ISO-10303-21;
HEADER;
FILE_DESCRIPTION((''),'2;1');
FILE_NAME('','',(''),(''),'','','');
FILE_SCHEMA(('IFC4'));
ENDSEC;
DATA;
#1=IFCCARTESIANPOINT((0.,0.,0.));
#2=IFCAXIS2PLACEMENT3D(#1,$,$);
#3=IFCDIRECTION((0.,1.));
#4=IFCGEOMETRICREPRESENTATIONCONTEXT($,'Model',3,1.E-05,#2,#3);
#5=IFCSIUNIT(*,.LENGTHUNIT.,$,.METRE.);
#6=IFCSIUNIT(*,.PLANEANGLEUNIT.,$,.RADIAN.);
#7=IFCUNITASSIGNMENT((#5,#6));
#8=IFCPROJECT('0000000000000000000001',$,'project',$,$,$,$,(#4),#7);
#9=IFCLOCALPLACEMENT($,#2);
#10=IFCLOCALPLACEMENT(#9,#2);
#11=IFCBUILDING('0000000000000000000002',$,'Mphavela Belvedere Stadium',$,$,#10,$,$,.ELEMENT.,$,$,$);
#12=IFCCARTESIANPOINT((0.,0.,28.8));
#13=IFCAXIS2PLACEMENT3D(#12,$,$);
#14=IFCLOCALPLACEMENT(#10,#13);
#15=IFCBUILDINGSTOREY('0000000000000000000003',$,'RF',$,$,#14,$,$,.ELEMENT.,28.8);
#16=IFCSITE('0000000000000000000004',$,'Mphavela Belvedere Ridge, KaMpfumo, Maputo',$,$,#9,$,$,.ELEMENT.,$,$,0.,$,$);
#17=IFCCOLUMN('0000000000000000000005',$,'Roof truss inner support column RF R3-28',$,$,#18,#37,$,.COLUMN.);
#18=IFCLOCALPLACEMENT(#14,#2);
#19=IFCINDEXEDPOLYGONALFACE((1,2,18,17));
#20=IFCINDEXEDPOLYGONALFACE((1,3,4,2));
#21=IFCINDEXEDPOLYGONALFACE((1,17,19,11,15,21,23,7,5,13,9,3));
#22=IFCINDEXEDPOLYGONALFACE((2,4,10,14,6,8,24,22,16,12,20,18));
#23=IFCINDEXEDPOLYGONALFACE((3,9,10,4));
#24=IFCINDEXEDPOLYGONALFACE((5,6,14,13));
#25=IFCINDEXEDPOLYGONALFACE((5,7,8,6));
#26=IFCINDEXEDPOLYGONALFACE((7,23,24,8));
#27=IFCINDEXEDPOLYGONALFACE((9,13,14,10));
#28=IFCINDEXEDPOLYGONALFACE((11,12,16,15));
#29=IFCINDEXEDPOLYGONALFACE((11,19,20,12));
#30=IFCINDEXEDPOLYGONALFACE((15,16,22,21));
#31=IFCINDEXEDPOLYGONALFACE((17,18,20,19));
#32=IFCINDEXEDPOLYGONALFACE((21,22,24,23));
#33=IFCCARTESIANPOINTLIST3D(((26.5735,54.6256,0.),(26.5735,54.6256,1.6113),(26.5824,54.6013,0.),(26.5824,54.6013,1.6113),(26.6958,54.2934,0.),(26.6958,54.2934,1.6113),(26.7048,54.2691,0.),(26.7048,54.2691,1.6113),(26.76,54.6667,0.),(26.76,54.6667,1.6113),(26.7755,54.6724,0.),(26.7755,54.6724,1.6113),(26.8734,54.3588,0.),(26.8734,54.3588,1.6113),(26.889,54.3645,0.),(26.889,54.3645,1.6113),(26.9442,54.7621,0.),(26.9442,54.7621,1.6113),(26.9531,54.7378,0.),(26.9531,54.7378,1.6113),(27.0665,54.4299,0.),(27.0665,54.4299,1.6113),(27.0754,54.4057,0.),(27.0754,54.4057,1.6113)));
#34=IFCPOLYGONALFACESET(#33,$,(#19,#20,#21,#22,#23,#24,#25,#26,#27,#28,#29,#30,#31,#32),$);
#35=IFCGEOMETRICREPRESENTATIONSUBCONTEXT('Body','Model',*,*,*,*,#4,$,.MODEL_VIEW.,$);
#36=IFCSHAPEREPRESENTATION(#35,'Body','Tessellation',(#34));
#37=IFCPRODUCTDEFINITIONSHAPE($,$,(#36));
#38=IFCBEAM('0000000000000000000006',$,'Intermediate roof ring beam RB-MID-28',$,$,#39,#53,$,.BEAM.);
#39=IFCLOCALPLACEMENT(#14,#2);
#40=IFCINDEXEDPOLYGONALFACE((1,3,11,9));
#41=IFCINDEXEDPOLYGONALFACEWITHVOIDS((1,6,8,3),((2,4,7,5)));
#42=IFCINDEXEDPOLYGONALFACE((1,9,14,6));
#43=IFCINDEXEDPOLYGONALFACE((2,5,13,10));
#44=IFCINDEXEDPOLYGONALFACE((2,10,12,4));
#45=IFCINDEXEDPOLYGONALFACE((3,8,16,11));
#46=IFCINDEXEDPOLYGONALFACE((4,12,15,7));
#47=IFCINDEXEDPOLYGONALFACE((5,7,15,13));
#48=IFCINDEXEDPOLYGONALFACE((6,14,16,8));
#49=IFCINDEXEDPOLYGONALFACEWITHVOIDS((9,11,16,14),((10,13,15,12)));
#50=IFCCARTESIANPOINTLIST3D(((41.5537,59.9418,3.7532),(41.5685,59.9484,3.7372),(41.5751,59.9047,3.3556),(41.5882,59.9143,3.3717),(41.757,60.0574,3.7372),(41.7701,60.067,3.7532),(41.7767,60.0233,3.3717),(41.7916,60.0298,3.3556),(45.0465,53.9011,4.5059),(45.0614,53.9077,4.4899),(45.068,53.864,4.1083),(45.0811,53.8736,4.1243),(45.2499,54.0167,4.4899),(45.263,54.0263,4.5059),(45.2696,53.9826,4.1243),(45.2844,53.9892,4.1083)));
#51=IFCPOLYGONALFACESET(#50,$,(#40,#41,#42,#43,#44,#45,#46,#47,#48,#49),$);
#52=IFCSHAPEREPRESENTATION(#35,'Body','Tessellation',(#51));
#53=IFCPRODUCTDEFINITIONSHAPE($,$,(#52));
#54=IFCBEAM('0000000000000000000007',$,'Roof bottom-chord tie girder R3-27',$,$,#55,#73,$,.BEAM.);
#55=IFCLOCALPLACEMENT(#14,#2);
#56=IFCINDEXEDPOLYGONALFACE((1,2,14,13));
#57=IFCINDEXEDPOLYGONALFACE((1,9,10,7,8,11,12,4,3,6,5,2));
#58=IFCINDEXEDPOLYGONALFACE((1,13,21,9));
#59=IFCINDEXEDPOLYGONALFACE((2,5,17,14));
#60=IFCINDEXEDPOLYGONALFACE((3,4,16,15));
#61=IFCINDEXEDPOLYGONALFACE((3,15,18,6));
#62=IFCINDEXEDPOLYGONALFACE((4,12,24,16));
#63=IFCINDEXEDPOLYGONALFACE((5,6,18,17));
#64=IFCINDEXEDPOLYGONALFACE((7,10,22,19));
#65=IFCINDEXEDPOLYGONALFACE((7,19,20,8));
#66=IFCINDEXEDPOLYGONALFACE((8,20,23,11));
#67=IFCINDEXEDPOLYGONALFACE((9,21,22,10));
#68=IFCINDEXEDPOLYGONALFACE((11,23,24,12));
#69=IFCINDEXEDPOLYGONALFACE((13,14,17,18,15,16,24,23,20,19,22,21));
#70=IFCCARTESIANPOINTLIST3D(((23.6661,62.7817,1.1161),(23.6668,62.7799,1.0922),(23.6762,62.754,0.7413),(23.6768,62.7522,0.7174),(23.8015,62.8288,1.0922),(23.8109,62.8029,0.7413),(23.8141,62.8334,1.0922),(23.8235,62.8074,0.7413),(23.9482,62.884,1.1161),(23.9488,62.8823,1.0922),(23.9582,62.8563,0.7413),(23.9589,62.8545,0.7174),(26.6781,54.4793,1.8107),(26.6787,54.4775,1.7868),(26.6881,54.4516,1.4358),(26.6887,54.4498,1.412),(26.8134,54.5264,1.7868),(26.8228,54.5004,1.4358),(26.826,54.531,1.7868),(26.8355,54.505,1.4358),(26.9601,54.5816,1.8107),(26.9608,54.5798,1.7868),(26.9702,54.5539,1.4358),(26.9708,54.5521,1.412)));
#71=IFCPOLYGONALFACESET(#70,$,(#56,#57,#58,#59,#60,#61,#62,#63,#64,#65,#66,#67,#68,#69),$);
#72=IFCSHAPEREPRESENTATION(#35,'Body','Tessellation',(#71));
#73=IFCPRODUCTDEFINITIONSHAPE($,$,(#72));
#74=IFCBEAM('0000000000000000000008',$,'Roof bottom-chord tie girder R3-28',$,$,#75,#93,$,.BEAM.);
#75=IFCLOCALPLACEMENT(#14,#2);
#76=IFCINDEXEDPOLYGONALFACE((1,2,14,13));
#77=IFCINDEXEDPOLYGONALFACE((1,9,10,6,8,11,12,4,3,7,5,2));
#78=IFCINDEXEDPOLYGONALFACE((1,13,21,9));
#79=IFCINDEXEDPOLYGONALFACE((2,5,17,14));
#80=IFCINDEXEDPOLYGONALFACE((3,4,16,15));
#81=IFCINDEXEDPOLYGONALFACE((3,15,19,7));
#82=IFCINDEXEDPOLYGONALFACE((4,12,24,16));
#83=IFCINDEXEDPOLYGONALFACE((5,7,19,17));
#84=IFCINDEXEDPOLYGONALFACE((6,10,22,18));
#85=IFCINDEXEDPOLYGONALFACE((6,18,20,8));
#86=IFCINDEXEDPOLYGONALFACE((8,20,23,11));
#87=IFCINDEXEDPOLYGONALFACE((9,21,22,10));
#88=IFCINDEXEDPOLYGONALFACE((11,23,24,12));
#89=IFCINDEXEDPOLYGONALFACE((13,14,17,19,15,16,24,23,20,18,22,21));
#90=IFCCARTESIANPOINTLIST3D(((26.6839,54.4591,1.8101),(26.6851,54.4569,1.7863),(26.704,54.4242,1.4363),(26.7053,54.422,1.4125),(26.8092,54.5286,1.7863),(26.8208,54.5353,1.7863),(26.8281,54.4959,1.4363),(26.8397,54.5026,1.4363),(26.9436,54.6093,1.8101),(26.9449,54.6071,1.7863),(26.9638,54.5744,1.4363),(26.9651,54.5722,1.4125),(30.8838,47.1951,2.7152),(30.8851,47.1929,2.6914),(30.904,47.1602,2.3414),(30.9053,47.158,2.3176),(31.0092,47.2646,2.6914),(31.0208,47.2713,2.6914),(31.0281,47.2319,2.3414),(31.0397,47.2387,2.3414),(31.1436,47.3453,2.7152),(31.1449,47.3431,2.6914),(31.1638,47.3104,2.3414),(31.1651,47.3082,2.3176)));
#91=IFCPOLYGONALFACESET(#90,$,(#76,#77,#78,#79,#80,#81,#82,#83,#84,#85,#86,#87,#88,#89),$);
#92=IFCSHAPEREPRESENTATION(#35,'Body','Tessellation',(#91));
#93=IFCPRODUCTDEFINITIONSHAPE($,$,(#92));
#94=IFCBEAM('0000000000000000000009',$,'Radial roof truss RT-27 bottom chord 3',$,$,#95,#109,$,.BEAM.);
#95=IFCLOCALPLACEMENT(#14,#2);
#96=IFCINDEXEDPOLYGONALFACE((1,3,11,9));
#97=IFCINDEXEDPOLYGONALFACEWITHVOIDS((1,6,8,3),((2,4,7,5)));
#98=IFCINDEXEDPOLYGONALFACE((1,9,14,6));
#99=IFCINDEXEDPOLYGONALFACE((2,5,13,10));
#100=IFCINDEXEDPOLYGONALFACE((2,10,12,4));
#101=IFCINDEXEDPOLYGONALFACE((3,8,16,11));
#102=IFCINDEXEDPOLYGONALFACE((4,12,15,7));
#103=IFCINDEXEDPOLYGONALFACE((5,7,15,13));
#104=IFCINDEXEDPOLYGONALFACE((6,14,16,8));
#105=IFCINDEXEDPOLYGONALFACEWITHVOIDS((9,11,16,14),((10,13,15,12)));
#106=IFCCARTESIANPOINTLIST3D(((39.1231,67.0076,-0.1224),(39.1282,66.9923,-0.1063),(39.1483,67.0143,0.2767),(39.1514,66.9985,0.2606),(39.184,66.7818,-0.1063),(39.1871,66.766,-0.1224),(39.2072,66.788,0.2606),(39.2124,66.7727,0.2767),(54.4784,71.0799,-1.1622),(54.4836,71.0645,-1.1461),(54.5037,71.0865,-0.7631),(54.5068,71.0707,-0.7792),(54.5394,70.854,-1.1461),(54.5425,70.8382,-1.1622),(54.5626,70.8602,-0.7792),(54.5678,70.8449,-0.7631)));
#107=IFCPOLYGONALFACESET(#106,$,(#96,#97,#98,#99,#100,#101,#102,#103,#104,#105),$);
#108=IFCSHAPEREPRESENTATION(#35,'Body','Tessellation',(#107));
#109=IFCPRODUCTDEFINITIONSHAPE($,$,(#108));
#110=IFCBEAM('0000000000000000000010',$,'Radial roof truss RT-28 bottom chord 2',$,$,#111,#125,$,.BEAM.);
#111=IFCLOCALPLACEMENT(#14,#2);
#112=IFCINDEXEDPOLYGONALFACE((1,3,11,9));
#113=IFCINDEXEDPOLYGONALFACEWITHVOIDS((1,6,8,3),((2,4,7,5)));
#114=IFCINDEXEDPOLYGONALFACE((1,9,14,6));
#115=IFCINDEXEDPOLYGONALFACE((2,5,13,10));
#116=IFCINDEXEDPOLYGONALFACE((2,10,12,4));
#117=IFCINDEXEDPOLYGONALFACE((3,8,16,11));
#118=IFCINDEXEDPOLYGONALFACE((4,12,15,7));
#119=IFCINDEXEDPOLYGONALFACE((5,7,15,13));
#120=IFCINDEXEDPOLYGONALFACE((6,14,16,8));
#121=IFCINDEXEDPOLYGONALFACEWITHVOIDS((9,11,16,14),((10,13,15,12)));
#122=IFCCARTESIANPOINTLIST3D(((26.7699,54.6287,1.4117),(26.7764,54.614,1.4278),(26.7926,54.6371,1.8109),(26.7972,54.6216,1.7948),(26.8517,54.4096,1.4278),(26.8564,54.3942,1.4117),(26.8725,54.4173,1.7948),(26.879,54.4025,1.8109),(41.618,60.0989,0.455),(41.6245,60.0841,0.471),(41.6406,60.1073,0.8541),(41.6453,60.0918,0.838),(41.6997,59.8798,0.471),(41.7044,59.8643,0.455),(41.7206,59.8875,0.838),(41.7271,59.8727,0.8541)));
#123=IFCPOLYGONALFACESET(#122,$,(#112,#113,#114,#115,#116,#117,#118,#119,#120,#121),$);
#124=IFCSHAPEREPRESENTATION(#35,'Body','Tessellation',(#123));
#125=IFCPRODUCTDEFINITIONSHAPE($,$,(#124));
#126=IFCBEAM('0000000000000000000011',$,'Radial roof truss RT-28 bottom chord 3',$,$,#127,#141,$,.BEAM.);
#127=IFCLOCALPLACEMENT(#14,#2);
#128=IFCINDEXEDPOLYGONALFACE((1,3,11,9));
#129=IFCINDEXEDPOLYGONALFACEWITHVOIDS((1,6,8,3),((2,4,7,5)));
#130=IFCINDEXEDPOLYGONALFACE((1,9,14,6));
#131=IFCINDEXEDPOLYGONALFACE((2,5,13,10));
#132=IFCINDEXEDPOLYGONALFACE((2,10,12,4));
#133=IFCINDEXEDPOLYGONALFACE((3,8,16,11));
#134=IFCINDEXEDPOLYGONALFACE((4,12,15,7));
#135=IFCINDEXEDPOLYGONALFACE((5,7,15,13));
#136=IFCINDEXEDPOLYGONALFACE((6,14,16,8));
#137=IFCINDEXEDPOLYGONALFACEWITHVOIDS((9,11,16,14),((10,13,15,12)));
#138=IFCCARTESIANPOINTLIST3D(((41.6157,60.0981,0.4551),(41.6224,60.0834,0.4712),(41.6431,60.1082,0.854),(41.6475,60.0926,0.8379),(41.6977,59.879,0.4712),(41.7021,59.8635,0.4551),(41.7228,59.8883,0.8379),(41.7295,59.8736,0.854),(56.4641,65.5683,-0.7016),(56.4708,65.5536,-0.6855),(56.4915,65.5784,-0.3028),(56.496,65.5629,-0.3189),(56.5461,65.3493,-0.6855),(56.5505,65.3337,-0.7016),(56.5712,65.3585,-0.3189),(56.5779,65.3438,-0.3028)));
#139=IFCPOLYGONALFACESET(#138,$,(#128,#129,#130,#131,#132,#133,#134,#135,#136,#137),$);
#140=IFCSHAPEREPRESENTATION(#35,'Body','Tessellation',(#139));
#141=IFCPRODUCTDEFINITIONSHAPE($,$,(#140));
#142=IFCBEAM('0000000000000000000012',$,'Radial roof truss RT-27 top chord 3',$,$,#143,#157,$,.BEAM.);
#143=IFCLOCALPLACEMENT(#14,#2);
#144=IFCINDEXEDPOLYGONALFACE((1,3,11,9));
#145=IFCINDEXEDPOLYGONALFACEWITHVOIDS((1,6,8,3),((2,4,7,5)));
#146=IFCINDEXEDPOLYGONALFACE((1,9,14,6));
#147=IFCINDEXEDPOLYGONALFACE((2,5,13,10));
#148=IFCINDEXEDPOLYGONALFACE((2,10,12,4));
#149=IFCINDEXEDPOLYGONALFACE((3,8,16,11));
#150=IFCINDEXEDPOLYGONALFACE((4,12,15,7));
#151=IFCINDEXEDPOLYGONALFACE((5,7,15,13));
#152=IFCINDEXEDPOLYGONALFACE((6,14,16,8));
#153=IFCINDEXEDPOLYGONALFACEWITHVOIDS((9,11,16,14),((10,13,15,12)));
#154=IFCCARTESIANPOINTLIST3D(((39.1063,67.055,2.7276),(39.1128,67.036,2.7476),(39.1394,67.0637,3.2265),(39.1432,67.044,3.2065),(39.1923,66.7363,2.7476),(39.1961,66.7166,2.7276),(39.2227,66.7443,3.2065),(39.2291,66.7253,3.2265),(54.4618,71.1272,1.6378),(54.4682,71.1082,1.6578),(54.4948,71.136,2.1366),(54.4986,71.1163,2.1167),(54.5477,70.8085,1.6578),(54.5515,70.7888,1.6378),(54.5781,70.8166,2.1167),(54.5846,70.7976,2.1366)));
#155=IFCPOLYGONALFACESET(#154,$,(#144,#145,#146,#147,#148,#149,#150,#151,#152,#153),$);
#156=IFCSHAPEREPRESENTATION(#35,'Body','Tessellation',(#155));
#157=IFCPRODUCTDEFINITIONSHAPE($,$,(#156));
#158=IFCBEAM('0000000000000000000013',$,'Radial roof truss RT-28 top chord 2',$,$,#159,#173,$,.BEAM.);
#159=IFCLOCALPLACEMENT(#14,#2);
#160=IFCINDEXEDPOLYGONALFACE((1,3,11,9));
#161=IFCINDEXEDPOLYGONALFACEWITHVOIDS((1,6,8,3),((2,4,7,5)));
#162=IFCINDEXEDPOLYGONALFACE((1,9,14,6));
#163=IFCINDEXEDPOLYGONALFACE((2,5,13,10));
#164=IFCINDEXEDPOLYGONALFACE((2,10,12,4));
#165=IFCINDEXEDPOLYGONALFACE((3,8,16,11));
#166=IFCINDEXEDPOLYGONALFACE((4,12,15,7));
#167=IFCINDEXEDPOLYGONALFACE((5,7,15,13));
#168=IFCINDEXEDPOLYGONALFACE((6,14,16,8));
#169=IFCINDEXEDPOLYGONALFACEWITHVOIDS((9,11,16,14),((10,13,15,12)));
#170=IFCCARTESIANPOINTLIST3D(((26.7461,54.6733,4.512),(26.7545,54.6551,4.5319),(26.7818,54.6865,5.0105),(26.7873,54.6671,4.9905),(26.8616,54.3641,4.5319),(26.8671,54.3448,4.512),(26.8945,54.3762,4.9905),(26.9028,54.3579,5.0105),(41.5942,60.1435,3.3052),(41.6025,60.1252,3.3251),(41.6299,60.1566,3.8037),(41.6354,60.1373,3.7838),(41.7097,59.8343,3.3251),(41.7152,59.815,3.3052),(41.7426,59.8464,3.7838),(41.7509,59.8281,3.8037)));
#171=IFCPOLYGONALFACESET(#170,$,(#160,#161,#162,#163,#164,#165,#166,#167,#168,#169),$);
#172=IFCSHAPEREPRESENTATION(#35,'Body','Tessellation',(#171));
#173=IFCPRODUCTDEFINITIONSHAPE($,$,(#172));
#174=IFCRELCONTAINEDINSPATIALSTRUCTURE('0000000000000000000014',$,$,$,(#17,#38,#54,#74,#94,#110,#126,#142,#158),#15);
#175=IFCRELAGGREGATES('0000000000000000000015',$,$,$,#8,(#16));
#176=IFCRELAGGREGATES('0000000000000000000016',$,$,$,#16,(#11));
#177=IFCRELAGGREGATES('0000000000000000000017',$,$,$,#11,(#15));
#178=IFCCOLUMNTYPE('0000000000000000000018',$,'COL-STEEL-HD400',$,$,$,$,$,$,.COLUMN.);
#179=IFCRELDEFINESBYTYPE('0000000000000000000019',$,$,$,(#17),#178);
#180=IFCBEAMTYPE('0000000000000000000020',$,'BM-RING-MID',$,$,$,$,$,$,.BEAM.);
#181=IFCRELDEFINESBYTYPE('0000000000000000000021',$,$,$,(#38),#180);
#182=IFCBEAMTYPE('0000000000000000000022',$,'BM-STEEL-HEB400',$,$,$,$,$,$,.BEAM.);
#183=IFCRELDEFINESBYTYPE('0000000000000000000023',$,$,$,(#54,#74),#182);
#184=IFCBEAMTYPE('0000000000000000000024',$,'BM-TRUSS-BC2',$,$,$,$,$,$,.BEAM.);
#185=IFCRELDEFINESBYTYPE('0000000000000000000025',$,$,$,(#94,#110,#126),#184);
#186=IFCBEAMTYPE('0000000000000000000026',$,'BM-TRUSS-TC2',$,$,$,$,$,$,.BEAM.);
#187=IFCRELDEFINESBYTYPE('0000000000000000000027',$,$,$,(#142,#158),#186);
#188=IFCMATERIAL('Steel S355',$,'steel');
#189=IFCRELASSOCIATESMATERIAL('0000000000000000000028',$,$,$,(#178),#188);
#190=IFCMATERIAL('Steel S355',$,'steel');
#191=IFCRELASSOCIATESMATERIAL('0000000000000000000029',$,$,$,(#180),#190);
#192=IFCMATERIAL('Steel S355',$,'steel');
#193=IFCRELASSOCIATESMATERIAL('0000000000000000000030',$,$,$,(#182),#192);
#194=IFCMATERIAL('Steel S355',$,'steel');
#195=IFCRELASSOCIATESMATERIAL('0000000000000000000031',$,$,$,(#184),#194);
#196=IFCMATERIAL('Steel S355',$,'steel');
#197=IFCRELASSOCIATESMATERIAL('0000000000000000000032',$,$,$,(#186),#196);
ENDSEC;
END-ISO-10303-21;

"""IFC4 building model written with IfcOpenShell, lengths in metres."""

from ifc_helpers import new_model, si_unit, direction, frame, origin, origin_2d, place, context, subcontext, project, spatial, hollow_rectangle, i_section, extrude, material, material_profile, profile_set, type_object, element, save


model = new_model("IFC4")

# Units and contexts
model_context = context("Model", 3, precision=1e-05, world=origin(), true_north=direction((0.0, 1.0)))
body_context = subcontext(model_context, "Body", "Model", "MODEL_VIEW")
ifc_project = project(units=[si_unit("LENGTHUNIT", "METRE"), si_unit("PLANEANGLEUNIT", "RADIAN")], contexts=[model_context])

# Site, building, storey
site_placement = place(None, origin())
site = spatial("IfcSite", under=ifc_project, at=site_placement, Name="Mphavela Belvedere Ridge, KaMpfumo, Maputo", CompositionType="ELEMENT", RefElevation=0.0)
building_placement = place(site_placement, origin())
building = spatial("IfcBuilding", under=site, at=building_placement, Name="Mphavela Belvedere Stadium", CompositionType="ELEMENT")
storey_placement = place(building_placement, frame((0.0, 0.0, 28.8)))
storey = spatial("IfcBuildingStorey", under=building, at=storey_placement, Name="RF", CompositionType="ELEMENT", Elevation=28.8)

# Column
ifc_material_1 = material(Name="Steel S355", Category="steel")
ifc_material_profile_1 = material_profile(ifc_material_1, i_section(OverallWidth=0.395, OverallDepth=0.3799, WebThickness=0.0166, FlangeThickness=0.0259, at=origin_2d()), Name="HD 400x237")
ifc_profile_set_1 = profile_set([ifc_material_profile_1], Name="Steel S355")
column_type = type_object("IfcColumnType", Name="COL-STEEL-HD400", PredefinedType="COLUMN", material=ifc_profile_set_1)
column_placement = place(storey_placement, frame((26.8245, 54.5156, 0.0), z_axis=(0.0, 0.0, 1.0), x_axis=(-0.938372, -0.345626, 0.0)))
element("IfcColumn", 1, at=column_placement, inside=storey, type_object=column_type, Name="Roof truss inner support column RF R3-28", PredefinedType="COLUMN", context=body_context, shape_type="SweptSolid", body=[
    extrude(i_section(OverallWidth=0.395, OverallDepth=0.3799, WebThickness=0.0166, FlangeThickness=0.0259, at=origin_2d()), origin(), (0.0, 0.0, 1.0), 1.6113),
])

# Beams
ifc_material_2 = material(Name="Steel S355", Category="steel")
ifc_material_profile_2 = material_profile(ifc_material_2, hollow_rectangle(XDim=0.25, YDim=0.3999, WallThickness=0.0161, at=origin_2d()), Name="RHS 400x250x16")
ifc_profile_set_2 = profile_set([ifc_material_profile_2], Name="Steel S355")
beam_type_1 = type_object("IfcBeamType", Name="BM-RING-MID", PredefinedType="BEAM", material=ifc_profile_set_2)
beam_1_placement = place(storey_placement, frame((41.6726, 59.9858, 3.5544), z_axis=(0.49768, -0.860705, 0.107245), x_axis=(0.865698, 0.500567, 0.0)))
element("IfcBeam", 2, at=beam_1_placement, inside=storey, type_object=beam_type_1, Name="Intermediate roof ring beam RB-MID-28", PredefinedType="BEAM", context=body_context, shape_type="SweptSolid", body=[
    extrude(hollow_rectangle(XDim=0.25, YDim=0.3999, WallThickness=0.0161, at=origin_2d()), origin(), (0.0, 0.0, 1.0), 7.0183),
])
ifc_material_3 = material(Name="Steel S355", Category="steel")
ifc_material_profile_3 = material_profile(ifc_material_3, i_section(OverallWidth=0.3, OverallDepth=0.3999, WebThickness=0.0134, FlangeThickness=0.0239, at=origin_2d()), Name="HEB 400")
ifc_profile_set_3 = profile_set([ifc_material_profile_3], Name="Steel S355")
beam_type_2 = type_object("IfcBeamType", Name="BM-STEEL-HEB400", PredefinedType="BEAM", material=ifc_profile_set_3)
beam_2_placement = place(storey_placement, frame((23.8125, 62.8181, 0.9167), z_axis=(0.339981, -0.937159, 0.078402), x_axis=(0.940052, 0.341031, 0.0)))
element("IfcBeam", 3, at=beam_2_placement, inside=storey, type_object=beam_type_2, Name="Roof bottom-chord tie girder R3-27", PredefinedType="BEAM", context=body_context, shape_type="SweptSolid", body=[
    extrude(i_section(OverallWidth=0.3, OverallDepth=0.3999, WebThickness=0.0134, FlangeThickness=0.0239, at=origin_2d()), origin(), (0.0, 0.0, 1.0), 8.8591),
])
beam_3_placement = place(storey_placement, frame((26.8245, 54.5156, 1.6113), z_axis=(0.497661, -0.860717, 0.107239), x_axis=(0.865709, 0.500548, 0.0)))
element("IfcBeam", 4, at=beam_3_placement, inside=storey, type_object=beam_type_2, Name="Roof bottom-chord tie girder R3-28", PredefinedType="BEAM", context=body_context, shape_type="SweptSolid", body=[
    extrude(i_section(OverallWidth=0.3, OverallDepth=0.3999, WebThickness=0.0134, FlangeThickness=0.0239, at=origin_2d()), origin(), (0.0, 0.0, 1.0), 8.4395),
])
ifc_material_4 = material(Name="Steel S355", Category="steel")
ifc_material_profile_4 = material_profile(ifc_material_4, hollow_rectangle(XDim=0.25, YDim=0.3999, WallThickness=0.0161, at=origin_2d()), Name="RHS 400x250x16")
ifc_profile_set_4 = profile_set([ifc_material_profile_4], Name="Steel S355")
beam_type_3 = type_object("IfcBeamType", Name="BM-TRUSS-BC2", PredefinedType="BEAM", material=ifc_profile_set_4)
beam_4_placement = place(storey_placement, frame((39.1677, 66.8901, 0.0771), z_axis=(0.964523, 0.255791, -0.065313), x_axis=(-0.256339, 0.966587, 0.0)))
element("IfcBeam", 5, at=beam_4_placement, inside=storey, type_object=beam_type_3, Name="Radial roof truss RT-27 bottom chord 3", PredefinedType="BEAM", context=body_context, shape_type="SweptSolid", body=[
    extrude(hollow_rectangle(XDim=0.25, YDim=0.3999, WallThickness=0.0161, at=origin_2d()), origin(), (0.0, 0.0, 1.0), 15.9202),
])
beam_5_placement = place(storey_placement, frame((26.8245, 54.5156, 1.6113), z_axis=(0.936636, 0.345067, -0.060355), x_axis=(-0.345697, 0.938346, 0.0)))
element("IfcBeam", 6, at=beam_5_placement, inside=storey, type_object=beam_type_3, Name="Radial roof truss RT-28 bottom chord 2", PredefinedType="BEAM", context=body_context, shape_type="SweptSolid", body=[
    extrude(hollow_rectangle(XDim=0.25, YDim=0.3999, WallThickness=0.0161, at=origin_2d()), origin(), (0.0, 0.0, 1.0), 15.8525),
])
beam_6_placement = place(storey_placement, frame((41.6726, 59.9858, 0.6545), z_axis=(0.935851, 0.344772, -0.072906), x_axis=(-0.345692, 0.938348, 0.0)))
element("IfcBeam", 7, at=beam_6_placement, inside=storey, type_object=beam_type_3, Name="Radial roof truss RT-28 bottom chord 3", PredefinedType="BEAM", context=body_context, shape_type="SweptSolid", body=[
    extrude(hollow_rectangle(XDim=0.25, YDim=0.3999, WallThickness=0.0161, at=origin_2d()), origin(), (0.0, 0.0, 1.0), 15.8662),
])
ifc_material_5 = material(Name="Steel S355", Category="steel")
ifc_material_profile_5 = material_profile(ifc_material_5, hollow_rectangle(XDim=0.3501, YDim=0.5, WallThickness=0.02, at=origin_2d()), Name="RHS 500x350x20")
ifc_profile_set_5 = profile_set([ifc_material_profile_5], Name="Steel S355")
beam_type_4 = type_object("IfcBeamType", Name="BM-TRUSS-TC2", PredefinedType="BEAM", material=ifc_profile_set_5)
beam_7_placement = place(storey_placement, frame((39.1677, 66.8901, 2.9771), z_axis=(0.96432, 0.255738, -0.068442), x_axis=(-0.256339, 0.966587, 0.0)))
element("IfcBeam", 8, at=beam_7_placement, inside=storey, type_object=beam_type_4, Name="Radial roof truss RT-27 top chord 3", PredefinedType="BEAM", context=body_context, shape_type="SweptSolid", body=[
    extrude(hollow_rectangle(XDim=0.3501, YDim=0.5, WallThickness=0.02, at=origin_2d()), origin(), (0.0, 0.0, 1.0), 15.9236),
])
beam_8_placement = place(storey_placement, frame((26.8245, 54.5156, 4.7612), z_axis=(0.935629, 0.344696, -0.076044), x_axis=(-0.345697, 0.938346, 0.0)))
element("IfcBeam", 9, at=beam_8_placement, inside=storey, type_object=beam_type_4, Name="Radial roof truss RT-28 top chord 2", PredefinedType="BEAM", context=body_context, shape_type="SweptSolid", body=[
    extrude(hollow_rectangle(XDim=0.3501, YDim=0.5, WallThickness=0.02, at=origin_2d()), origin(), (0.0, 0.0, 1.0), 15.8696),
])

save(model, "model.ifc")
